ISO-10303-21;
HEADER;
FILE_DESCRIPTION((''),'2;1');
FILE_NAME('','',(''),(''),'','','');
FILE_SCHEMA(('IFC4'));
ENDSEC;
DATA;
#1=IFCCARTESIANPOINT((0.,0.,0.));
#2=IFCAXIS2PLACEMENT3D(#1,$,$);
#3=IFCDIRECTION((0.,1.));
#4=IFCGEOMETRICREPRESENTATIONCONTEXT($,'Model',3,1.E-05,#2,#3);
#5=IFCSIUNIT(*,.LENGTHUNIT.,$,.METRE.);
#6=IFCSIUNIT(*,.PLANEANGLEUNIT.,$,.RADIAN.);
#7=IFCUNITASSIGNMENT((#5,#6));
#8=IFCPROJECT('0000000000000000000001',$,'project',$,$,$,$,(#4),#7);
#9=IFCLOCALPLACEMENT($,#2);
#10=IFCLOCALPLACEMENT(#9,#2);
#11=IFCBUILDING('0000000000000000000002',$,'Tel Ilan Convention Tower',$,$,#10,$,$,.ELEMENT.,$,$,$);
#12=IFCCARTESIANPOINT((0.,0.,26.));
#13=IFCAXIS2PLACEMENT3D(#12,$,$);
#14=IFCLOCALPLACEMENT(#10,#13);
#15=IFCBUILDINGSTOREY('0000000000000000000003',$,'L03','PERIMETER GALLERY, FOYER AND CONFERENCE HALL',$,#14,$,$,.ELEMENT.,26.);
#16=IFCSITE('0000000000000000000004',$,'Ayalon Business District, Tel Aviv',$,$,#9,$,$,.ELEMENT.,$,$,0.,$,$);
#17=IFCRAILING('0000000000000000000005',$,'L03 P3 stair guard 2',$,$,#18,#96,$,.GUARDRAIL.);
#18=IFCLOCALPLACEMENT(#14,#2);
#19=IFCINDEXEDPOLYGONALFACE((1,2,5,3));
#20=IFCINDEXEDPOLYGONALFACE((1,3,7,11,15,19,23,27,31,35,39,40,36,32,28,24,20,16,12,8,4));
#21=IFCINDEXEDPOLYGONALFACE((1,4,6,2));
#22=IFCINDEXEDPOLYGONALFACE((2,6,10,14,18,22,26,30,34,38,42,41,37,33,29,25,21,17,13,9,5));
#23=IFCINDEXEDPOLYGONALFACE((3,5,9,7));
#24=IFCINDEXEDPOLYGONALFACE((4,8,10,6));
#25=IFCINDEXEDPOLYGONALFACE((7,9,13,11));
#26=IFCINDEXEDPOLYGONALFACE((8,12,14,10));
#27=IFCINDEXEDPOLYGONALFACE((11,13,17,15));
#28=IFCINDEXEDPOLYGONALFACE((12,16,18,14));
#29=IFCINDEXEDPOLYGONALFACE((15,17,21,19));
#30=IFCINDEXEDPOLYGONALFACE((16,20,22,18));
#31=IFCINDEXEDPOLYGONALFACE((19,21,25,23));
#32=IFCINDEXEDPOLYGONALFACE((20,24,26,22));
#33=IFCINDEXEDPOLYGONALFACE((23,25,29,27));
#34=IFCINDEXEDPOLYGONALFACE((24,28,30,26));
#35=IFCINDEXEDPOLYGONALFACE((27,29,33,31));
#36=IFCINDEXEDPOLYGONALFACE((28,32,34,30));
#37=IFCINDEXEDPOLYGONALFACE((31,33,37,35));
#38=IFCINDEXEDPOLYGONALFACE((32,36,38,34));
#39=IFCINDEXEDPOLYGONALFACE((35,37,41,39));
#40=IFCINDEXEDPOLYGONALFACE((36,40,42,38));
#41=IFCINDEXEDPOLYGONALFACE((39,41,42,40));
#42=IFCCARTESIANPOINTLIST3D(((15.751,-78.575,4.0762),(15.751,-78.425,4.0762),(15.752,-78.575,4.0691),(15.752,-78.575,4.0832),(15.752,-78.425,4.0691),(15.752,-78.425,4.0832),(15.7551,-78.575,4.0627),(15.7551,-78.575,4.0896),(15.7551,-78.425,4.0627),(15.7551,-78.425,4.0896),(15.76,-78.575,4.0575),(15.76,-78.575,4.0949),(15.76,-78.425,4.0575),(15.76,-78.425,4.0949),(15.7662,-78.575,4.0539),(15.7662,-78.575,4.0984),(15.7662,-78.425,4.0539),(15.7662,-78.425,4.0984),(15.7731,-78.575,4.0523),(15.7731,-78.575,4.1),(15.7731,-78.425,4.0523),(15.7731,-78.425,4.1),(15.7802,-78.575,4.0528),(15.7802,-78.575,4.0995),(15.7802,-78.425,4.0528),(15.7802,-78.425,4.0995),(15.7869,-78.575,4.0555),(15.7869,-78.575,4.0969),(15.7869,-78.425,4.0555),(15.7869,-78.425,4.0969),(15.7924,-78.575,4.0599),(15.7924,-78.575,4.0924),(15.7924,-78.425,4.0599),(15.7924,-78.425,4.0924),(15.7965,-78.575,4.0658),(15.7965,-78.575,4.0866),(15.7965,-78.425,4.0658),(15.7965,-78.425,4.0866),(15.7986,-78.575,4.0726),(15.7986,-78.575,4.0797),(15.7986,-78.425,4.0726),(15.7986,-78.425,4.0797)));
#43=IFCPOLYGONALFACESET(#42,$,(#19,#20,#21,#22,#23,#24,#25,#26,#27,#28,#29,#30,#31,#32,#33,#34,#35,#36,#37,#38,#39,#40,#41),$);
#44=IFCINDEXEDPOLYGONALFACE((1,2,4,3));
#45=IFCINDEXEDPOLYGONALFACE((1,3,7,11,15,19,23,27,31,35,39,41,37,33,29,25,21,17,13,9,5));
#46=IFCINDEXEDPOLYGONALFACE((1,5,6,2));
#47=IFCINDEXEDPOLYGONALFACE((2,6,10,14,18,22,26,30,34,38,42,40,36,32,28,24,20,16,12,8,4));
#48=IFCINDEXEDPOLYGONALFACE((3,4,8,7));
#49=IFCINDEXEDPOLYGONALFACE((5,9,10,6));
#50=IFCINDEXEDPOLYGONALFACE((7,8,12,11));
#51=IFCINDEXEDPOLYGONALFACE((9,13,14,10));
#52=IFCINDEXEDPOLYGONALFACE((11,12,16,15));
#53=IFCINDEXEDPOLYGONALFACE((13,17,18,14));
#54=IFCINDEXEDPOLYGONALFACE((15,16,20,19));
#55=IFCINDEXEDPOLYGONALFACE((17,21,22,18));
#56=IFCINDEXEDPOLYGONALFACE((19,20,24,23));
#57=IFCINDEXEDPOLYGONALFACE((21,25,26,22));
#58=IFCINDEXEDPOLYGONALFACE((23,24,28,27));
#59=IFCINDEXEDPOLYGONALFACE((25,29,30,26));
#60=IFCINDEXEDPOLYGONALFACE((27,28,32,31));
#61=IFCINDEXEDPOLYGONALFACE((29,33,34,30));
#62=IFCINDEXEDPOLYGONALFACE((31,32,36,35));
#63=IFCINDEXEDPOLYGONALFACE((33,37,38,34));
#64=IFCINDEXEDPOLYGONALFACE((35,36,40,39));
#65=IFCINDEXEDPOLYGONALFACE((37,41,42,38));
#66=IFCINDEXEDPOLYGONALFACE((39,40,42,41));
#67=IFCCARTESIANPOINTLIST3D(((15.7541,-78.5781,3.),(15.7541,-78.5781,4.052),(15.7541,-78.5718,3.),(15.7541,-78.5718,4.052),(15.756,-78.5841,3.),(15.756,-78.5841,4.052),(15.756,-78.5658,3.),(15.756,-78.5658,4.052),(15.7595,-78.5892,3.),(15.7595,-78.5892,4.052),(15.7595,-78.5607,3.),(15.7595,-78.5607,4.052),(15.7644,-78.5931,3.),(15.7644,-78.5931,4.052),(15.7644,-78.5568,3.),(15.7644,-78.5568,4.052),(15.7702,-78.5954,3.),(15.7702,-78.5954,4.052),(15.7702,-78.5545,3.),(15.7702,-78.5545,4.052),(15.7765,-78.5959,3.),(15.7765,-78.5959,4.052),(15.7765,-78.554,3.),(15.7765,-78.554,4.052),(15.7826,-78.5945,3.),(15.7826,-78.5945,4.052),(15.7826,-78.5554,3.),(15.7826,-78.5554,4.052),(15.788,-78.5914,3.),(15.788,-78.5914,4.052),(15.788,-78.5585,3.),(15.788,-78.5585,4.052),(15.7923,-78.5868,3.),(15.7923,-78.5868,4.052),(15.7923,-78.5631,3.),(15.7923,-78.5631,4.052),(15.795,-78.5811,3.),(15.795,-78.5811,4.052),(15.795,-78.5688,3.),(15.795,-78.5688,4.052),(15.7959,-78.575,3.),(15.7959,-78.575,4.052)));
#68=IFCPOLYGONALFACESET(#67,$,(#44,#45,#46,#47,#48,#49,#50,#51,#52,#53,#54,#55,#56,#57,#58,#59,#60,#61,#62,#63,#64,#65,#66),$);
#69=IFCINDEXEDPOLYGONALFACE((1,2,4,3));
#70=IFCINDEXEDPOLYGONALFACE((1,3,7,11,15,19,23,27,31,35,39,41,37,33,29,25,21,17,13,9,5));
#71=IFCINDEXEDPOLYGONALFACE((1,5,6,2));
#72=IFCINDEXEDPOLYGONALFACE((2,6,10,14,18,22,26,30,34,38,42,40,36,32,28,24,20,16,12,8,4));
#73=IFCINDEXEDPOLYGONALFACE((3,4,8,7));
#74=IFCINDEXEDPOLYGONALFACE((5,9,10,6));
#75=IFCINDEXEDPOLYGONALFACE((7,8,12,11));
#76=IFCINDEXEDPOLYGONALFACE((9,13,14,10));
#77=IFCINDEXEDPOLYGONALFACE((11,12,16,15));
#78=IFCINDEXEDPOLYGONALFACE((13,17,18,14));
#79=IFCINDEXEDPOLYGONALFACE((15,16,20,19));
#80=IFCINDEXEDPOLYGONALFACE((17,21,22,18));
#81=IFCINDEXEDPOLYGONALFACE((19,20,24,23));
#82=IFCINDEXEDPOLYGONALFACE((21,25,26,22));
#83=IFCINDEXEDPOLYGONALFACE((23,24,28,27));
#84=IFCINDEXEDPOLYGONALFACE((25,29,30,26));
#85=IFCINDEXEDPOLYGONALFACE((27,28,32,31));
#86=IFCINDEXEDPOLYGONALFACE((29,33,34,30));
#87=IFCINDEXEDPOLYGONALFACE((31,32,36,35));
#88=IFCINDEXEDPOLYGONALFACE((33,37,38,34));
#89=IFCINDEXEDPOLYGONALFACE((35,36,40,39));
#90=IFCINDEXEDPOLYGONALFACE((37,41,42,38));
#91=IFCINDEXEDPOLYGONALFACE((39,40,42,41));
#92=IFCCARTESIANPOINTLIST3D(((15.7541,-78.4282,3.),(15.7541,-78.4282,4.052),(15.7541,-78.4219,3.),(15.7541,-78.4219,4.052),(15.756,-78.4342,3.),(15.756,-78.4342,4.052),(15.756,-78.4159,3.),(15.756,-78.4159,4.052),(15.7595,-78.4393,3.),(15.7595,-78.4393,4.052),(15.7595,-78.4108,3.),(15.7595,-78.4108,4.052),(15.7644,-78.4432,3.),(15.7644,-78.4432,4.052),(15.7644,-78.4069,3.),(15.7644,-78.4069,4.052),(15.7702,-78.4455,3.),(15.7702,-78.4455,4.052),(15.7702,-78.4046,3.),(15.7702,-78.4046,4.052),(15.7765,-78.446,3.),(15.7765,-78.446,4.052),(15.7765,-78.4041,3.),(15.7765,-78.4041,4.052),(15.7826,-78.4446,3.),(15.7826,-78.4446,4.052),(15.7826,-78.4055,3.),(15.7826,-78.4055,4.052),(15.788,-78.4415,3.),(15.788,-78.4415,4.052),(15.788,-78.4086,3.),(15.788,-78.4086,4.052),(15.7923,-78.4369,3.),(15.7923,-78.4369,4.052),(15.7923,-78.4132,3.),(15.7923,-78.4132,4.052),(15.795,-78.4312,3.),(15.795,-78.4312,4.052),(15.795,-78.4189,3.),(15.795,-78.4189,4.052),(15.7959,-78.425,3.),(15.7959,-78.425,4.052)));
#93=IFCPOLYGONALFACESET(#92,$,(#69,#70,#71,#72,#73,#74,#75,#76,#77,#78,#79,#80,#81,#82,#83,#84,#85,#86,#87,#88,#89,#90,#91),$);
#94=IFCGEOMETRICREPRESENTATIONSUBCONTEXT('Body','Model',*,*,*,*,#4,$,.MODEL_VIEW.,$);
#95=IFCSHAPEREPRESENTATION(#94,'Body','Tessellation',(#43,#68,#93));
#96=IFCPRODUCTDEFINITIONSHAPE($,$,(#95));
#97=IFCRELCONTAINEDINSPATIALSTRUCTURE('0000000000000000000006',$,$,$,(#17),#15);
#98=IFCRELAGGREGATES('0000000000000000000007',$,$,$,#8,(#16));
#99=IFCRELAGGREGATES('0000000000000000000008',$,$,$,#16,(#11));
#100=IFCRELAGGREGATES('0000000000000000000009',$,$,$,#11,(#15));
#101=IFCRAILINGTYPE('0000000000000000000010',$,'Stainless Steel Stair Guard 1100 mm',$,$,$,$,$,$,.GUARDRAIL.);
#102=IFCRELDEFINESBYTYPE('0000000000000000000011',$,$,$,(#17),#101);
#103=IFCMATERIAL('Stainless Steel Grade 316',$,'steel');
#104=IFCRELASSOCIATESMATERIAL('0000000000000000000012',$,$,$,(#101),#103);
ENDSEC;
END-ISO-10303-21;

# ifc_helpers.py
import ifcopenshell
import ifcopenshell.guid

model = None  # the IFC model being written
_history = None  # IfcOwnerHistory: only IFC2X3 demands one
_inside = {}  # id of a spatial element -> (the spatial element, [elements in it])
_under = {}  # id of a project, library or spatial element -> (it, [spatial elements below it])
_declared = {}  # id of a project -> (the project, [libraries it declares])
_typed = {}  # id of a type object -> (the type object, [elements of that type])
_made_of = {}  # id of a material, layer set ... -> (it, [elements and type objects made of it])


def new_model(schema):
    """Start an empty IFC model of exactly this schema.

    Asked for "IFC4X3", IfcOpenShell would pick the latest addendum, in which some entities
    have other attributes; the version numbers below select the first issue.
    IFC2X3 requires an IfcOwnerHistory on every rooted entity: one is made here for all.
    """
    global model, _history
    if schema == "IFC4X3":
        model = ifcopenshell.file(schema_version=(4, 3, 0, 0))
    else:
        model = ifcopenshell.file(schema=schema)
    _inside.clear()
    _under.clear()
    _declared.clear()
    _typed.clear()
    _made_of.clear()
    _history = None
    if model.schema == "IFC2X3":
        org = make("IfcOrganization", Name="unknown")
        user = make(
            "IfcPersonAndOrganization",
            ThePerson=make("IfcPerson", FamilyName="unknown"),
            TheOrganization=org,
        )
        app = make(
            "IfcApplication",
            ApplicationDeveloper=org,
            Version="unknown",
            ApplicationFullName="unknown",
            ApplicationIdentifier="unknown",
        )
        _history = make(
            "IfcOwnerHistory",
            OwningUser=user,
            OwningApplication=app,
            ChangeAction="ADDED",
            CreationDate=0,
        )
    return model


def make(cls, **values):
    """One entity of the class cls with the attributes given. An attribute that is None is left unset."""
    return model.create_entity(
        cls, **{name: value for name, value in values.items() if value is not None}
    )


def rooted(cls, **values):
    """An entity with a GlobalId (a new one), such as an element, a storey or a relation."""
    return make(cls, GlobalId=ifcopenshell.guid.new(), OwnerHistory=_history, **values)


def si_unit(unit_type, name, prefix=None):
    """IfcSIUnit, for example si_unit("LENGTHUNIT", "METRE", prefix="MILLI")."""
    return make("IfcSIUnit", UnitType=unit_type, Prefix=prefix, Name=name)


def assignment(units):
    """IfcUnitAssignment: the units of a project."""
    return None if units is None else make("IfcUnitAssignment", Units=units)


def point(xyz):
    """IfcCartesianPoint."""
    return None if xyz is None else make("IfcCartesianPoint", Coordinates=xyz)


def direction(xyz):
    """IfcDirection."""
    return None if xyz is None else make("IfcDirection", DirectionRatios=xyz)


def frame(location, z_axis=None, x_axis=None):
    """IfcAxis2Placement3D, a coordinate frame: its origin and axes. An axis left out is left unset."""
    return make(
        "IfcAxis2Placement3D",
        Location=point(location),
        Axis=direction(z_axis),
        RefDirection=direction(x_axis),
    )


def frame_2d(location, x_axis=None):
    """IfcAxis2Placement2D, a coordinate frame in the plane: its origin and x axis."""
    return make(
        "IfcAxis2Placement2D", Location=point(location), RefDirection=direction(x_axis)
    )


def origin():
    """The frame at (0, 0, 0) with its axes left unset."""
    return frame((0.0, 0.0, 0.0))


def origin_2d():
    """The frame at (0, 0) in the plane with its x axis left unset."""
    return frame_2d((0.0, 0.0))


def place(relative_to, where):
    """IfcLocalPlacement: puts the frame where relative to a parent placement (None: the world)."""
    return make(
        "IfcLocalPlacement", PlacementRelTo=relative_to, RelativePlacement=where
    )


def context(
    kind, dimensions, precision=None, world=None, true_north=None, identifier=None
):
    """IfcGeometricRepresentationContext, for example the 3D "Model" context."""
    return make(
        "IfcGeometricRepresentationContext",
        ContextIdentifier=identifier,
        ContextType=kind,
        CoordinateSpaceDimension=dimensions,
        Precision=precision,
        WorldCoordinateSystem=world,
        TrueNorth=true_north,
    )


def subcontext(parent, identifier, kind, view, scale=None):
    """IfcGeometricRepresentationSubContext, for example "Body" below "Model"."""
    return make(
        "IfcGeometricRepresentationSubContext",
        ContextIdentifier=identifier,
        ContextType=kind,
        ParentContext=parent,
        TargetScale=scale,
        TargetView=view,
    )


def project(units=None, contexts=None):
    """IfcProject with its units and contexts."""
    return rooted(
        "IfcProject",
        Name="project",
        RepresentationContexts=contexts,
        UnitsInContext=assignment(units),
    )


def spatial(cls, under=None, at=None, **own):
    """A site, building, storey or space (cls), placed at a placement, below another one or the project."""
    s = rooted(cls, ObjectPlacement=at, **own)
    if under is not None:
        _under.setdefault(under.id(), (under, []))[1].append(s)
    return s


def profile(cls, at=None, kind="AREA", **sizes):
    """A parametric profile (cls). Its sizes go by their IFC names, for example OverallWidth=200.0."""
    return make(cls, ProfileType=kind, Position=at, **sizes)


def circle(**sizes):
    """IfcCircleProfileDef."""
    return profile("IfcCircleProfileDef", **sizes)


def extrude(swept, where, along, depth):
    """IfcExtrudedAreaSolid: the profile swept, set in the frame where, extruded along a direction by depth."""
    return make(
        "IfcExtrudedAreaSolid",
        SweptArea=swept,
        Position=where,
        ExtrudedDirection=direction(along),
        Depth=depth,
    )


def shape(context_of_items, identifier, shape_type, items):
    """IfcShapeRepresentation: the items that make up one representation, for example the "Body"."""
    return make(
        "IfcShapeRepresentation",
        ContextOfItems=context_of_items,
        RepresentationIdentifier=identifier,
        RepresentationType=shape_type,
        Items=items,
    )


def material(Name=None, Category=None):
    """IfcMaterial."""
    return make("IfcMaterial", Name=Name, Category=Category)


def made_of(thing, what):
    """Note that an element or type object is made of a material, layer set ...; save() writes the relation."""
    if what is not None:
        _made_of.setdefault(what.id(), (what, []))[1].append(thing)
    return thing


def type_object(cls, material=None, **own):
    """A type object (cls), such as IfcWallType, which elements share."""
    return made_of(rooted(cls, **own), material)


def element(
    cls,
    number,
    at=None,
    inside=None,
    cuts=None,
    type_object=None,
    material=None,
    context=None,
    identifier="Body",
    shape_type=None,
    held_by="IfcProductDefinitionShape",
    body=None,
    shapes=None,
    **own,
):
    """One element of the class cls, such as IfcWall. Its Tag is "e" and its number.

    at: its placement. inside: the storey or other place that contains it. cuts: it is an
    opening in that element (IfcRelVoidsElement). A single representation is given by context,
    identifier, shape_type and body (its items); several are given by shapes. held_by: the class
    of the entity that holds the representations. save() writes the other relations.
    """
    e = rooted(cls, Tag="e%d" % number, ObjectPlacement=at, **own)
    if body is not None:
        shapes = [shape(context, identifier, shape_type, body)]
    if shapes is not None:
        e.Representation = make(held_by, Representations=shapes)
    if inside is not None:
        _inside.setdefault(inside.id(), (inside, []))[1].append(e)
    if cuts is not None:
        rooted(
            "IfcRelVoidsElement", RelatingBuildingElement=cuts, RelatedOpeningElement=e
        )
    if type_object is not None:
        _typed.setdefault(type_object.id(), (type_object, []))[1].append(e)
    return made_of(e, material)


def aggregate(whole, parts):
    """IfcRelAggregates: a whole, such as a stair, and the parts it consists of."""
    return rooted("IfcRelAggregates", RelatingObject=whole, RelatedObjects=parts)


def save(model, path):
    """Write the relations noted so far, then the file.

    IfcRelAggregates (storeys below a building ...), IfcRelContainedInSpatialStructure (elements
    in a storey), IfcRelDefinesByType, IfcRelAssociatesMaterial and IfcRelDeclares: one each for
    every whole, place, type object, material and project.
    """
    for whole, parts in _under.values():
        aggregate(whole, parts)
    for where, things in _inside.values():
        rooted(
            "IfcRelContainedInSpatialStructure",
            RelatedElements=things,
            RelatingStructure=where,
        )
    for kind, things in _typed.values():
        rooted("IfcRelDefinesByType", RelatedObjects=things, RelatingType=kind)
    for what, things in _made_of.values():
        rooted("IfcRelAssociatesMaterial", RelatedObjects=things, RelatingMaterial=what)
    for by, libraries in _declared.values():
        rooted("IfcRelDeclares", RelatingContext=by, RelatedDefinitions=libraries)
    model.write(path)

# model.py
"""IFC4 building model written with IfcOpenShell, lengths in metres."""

from ifc_helpers import new_model, si_unit, direction, frame, origin, origin_2d, place, context, subcontext, project, spatial, circle, extrude, material, type_object, element, save


model = new_model("IFC4")

# Units and contexts
model_context = context("Model", 3, precision=1e-05, world=origin(), true_north=direction((0.0, 1.0)))
body_context = subcontext(model_context, "Body", "Model", "MODEL_VIEW")
ifc_project = project(units=[si_unit("LENGTHUNIT", "METRE"), si_unit("PLANEANGLEUNIT", "RADIAN")], contexts=[model_context])

# Site, building, storey
site_placement = place(None, origin())
site = spatial("IfcSite", under=ifc_project, at=site_placement, Name="Ayalon Business District, Tel Aviv", CompositionType="ELEMENT", RefElevation=0.0)
building_placement = place(site_placement, origin())
building = spatial("IfcBuilding", under=site, at=building_placement, Name="Tel Ilan Convention Tower", CompositionType="ELEMENT")
storey_placement = place(building_placement, frame((0.0, 0.0, 26.0)))
storey = spatial("IfcBuildingStorey", under=building, at=storey_placement, Name="L03", Description="PERIMETER GALLERY, FOYER AND CONFERENCE HALL", CompositionType="ELEMENT", Elevation=26.0)

# Railing
ifc_material_1 = material(Name="Stainless Steel Grade 316", Category="steel")
railing_type_1 = type_object("IfcRailingType", Name="Stainless Steel Stair Guard 1100 mm", PredefinedType="GUARDRAIL", material=ifc_material_1)
railing_1_placement = place(storey_placement, frame((15.7749, -78.575, 3.0)))
element("IfcRailing", 1, at=railing_1_placement, inside=storey, type_object=railing_type_1, Name="L03 P3 stair guard 2", PredefinedType="GUARDRAIL", context=body_context, shape_type="SweptSolid", body=[
    extrude(circle(Radius=0.0239, at=origin_2d()), frame((0.0, 0.0, 1.0762), z_axis=(0.0, 1.0, 0.0), x_axis=(-1.0, 0.0, 0.0)), (0.0, 0.0, 1.0), 0.1499),
    extrude(circle(Radius=0.021, at=origin_2d()), origin(), (0.0, 0.0, 1.0), 1.052),
    extrude(circle(Radius=0.021, at=origin_2d()), frame((0.0, 0.1499, 0.0)), (0.0, 0.0, 1.0), 1.052),
])

save(model, "model.ifc")
